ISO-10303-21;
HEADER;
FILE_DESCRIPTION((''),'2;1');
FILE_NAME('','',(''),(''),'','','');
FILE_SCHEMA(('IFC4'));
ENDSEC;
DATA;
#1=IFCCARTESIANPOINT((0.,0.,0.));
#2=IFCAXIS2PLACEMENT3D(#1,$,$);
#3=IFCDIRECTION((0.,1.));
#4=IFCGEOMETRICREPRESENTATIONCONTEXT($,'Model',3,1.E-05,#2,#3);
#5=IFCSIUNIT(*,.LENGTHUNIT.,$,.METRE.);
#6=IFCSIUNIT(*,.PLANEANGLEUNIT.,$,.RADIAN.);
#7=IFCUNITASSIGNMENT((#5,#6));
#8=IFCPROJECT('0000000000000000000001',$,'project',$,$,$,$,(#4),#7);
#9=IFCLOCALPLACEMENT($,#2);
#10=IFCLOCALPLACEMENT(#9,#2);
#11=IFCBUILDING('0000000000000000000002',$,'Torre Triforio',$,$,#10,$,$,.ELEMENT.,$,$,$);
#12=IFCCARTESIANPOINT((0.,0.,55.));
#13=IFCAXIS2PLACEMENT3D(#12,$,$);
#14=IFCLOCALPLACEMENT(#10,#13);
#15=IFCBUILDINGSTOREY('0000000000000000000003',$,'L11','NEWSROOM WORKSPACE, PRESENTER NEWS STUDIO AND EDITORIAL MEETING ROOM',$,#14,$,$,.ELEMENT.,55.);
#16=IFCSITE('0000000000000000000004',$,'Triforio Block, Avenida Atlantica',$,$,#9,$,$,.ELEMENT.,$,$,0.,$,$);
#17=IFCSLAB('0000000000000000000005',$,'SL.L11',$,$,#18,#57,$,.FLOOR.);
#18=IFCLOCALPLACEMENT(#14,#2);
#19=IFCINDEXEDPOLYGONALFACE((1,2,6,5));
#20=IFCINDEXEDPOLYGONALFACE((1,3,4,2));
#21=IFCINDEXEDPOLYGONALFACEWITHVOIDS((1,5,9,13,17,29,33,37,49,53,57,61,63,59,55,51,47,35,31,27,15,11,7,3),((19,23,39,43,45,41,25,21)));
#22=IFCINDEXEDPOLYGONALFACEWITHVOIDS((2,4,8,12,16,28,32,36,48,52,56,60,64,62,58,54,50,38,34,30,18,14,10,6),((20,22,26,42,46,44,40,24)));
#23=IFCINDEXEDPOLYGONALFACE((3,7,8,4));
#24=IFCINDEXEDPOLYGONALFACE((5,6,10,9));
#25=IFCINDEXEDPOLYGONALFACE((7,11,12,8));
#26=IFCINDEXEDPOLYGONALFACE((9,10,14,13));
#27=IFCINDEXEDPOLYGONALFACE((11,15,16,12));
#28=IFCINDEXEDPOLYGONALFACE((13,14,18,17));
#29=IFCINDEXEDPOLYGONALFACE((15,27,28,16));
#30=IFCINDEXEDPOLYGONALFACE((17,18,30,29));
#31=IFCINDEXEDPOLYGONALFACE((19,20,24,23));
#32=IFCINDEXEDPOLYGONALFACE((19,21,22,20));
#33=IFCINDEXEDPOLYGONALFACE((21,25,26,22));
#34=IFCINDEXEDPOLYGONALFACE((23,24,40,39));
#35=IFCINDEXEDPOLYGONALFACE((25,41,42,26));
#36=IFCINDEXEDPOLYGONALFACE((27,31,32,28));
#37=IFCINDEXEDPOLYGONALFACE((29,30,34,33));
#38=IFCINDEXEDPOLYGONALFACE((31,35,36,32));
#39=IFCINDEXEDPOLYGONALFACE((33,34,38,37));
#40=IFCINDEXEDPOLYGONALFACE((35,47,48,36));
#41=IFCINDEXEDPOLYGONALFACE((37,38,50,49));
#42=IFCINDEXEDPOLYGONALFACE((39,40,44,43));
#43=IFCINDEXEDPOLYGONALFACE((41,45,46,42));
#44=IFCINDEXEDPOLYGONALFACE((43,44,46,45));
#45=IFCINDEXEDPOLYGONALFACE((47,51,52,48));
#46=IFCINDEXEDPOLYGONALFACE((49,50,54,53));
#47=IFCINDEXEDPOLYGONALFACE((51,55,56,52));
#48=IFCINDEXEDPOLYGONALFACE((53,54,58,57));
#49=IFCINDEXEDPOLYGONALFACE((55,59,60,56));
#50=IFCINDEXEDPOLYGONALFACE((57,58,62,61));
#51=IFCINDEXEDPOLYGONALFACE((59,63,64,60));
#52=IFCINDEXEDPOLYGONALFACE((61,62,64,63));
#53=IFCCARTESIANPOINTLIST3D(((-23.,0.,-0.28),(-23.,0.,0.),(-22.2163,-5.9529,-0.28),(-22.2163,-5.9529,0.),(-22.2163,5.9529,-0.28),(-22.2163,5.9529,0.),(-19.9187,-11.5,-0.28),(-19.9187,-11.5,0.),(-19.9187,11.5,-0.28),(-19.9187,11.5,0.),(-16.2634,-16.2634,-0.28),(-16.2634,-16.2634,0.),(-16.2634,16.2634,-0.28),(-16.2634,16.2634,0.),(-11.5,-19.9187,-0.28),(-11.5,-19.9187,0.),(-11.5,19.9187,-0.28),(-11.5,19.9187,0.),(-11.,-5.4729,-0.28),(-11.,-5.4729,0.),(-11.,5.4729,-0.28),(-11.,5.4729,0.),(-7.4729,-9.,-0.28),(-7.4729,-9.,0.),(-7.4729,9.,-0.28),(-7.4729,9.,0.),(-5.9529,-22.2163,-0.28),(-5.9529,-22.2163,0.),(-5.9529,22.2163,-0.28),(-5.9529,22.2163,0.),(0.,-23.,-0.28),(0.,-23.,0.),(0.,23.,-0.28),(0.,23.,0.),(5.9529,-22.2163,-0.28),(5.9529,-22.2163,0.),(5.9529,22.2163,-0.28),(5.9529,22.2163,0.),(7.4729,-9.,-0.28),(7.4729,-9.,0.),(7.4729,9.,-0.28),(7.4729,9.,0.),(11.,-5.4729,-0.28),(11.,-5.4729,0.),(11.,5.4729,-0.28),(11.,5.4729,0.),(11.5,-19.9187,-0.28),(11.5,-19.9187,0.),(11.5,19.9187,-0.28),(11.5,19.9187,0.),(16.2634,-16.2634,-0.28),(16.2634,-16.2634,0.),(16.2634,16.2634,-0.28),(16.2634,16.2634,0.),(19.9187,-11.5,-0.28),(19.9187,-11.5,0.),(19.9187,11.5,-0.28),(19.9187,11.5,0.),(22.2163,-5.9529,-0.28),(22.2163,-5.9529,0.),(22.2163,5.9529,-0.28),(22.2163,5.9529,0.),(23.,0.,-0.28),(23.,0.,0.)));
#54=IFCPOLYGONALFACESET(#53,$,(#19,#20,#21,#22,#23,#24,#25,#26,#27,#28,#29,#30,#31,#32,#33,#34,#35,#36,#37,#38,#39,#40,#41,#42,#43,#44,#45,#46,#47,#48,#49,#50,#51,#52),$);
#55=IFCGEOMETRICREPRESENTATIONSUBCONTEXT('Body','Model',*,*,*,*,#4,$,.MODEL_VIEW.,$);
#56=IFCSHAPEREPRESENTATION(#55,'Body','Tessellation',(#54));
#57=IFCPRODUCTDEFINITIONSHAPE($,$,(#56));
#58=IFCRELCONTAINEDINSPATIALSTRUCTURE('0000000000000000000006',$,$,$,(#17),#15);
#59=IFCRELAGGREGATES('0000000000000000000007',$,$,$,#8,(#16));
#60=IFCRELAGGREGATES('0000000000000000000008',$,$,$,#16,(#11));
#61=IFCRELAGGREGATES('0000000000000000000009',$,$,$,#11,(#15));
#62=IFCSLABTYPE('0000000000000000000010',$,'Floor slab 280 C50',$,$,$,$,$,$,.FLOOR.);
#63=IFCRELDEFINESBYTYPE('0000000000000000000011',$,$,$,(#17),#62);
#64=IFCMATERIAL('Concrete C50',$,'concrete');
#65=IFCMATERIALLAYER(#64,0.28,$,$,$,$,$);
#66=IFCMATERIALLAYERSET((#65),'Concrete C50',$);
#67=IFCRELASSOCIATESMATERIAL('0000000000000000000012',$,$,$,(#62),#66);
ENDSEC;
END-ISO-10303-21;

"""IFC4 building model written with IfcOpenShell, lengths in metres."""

from ifc_helpers import new_model, si_unit, direction, frame, origin, place, context, subcontext, project, spatial, polyline, outline, extrude, material, layer, layer_set, type_object, element, save


model = new_model("IFC4")

# Units and contexts
model_context = context("Model", 3, precision=1e-05, world=origin(), true_north=direction((0.0, 1.0)))
body_context = subcontext(model_context, "Body", "Model", "MODEL_VIEW")
ifc_project = project(units=[si_unit("LENGTHUNIT", "METRE"), si_unit("PLANEANGLEUNIT", "RADIAN")], contexts=[model_context])

# Site, building, storey
site_placement = place(None, origin())
site = spatial("IfcSite", under=ifc_project, at=site_placement, Name="Triforio Block, Avenida Atlantica", CompositionType="ELEMENT", RefElevation=0.0)
building_placement = place(site_placement, origin())
building = spatial("IfcBuilding", under=site, at=building_placement, Name="Torre Triforio", CompositionType="ELEMENT")
storey_placement = place(building_placement, frame((0.0, 0.0, 55.0)))
storey = spatial("IfcBuildingStorey", under=building, at=storey_placement, Name="L11", Description="NEWSROOM WORKSPACE, PRESENTER NEWS STUDIO AND EDITORIAL MEETING ROOM", CompositionType="ELEMENT", Elevation=55.0)

# Slab
ifc_material_1 = material(Name="Concrete C50", Category="concrete")
ifc_layer_1 = layer(ifc_material_1, 0.28)
ifc_layer_set_1 = layer_set([ifc_layer_1], Name="Concrete C50")
slab_type_1 = type_object("IfcSlabType", Name="Floor slab 280 C50", PredefinedType="FLOOR", material=ifc_layer_set_1)
slab_1_placement = place(storey_placement, frame((0.0, 0.0, -0.28)))
element("IfcSlab", 1, at=slab_1_placement, inside=storey, type_object=slab_type_1, Name="SL.L11", PredefinedType="FLOOR", context=body_context, shape_type="SweptSolid", body=[
    extrude(outline(polyline([(19.9187, -11.5), (22.2163, -5.9529), (23.0, 0.0), (22.2163, 5.9529), (19.9187, 11.5), (16.2634, 16.2634), (11.5, 19.9187), (5.9529, 22.2163), (0.0, 23.0), (-5.9529, 22.2163), (-11.5, 19.9187), (-16.2634, 16.2634), (-19.9187, 11.5), (-22.2163, 5.9529), (-23.0, 0.0), (-22.2163, -5.9529), (-19.9187, -11.5), (-16.2634, -16.2634), (-11.5, -19.9187), (-5.9529, -22.2163), (0.0, -23.0), (5.9529, -22.2163), (11.5, -19.9187), (16.2634, -16.2634), (19.9187, -11.5)]), holes=[polyline([(11.0, 5.4729), (11.0, -5.4729), (7.4729, -9.0), (-7.4729, -9.0), (-11.0, -5.4729), (-11.0, 5.4729), (-7.4729, 9.0), (7.4729, 9.0), (11.0, 5.4729)])]), origin(), (0.0, 0.0, 1.0), 0.28),
])

save(model, "model.ifc")
